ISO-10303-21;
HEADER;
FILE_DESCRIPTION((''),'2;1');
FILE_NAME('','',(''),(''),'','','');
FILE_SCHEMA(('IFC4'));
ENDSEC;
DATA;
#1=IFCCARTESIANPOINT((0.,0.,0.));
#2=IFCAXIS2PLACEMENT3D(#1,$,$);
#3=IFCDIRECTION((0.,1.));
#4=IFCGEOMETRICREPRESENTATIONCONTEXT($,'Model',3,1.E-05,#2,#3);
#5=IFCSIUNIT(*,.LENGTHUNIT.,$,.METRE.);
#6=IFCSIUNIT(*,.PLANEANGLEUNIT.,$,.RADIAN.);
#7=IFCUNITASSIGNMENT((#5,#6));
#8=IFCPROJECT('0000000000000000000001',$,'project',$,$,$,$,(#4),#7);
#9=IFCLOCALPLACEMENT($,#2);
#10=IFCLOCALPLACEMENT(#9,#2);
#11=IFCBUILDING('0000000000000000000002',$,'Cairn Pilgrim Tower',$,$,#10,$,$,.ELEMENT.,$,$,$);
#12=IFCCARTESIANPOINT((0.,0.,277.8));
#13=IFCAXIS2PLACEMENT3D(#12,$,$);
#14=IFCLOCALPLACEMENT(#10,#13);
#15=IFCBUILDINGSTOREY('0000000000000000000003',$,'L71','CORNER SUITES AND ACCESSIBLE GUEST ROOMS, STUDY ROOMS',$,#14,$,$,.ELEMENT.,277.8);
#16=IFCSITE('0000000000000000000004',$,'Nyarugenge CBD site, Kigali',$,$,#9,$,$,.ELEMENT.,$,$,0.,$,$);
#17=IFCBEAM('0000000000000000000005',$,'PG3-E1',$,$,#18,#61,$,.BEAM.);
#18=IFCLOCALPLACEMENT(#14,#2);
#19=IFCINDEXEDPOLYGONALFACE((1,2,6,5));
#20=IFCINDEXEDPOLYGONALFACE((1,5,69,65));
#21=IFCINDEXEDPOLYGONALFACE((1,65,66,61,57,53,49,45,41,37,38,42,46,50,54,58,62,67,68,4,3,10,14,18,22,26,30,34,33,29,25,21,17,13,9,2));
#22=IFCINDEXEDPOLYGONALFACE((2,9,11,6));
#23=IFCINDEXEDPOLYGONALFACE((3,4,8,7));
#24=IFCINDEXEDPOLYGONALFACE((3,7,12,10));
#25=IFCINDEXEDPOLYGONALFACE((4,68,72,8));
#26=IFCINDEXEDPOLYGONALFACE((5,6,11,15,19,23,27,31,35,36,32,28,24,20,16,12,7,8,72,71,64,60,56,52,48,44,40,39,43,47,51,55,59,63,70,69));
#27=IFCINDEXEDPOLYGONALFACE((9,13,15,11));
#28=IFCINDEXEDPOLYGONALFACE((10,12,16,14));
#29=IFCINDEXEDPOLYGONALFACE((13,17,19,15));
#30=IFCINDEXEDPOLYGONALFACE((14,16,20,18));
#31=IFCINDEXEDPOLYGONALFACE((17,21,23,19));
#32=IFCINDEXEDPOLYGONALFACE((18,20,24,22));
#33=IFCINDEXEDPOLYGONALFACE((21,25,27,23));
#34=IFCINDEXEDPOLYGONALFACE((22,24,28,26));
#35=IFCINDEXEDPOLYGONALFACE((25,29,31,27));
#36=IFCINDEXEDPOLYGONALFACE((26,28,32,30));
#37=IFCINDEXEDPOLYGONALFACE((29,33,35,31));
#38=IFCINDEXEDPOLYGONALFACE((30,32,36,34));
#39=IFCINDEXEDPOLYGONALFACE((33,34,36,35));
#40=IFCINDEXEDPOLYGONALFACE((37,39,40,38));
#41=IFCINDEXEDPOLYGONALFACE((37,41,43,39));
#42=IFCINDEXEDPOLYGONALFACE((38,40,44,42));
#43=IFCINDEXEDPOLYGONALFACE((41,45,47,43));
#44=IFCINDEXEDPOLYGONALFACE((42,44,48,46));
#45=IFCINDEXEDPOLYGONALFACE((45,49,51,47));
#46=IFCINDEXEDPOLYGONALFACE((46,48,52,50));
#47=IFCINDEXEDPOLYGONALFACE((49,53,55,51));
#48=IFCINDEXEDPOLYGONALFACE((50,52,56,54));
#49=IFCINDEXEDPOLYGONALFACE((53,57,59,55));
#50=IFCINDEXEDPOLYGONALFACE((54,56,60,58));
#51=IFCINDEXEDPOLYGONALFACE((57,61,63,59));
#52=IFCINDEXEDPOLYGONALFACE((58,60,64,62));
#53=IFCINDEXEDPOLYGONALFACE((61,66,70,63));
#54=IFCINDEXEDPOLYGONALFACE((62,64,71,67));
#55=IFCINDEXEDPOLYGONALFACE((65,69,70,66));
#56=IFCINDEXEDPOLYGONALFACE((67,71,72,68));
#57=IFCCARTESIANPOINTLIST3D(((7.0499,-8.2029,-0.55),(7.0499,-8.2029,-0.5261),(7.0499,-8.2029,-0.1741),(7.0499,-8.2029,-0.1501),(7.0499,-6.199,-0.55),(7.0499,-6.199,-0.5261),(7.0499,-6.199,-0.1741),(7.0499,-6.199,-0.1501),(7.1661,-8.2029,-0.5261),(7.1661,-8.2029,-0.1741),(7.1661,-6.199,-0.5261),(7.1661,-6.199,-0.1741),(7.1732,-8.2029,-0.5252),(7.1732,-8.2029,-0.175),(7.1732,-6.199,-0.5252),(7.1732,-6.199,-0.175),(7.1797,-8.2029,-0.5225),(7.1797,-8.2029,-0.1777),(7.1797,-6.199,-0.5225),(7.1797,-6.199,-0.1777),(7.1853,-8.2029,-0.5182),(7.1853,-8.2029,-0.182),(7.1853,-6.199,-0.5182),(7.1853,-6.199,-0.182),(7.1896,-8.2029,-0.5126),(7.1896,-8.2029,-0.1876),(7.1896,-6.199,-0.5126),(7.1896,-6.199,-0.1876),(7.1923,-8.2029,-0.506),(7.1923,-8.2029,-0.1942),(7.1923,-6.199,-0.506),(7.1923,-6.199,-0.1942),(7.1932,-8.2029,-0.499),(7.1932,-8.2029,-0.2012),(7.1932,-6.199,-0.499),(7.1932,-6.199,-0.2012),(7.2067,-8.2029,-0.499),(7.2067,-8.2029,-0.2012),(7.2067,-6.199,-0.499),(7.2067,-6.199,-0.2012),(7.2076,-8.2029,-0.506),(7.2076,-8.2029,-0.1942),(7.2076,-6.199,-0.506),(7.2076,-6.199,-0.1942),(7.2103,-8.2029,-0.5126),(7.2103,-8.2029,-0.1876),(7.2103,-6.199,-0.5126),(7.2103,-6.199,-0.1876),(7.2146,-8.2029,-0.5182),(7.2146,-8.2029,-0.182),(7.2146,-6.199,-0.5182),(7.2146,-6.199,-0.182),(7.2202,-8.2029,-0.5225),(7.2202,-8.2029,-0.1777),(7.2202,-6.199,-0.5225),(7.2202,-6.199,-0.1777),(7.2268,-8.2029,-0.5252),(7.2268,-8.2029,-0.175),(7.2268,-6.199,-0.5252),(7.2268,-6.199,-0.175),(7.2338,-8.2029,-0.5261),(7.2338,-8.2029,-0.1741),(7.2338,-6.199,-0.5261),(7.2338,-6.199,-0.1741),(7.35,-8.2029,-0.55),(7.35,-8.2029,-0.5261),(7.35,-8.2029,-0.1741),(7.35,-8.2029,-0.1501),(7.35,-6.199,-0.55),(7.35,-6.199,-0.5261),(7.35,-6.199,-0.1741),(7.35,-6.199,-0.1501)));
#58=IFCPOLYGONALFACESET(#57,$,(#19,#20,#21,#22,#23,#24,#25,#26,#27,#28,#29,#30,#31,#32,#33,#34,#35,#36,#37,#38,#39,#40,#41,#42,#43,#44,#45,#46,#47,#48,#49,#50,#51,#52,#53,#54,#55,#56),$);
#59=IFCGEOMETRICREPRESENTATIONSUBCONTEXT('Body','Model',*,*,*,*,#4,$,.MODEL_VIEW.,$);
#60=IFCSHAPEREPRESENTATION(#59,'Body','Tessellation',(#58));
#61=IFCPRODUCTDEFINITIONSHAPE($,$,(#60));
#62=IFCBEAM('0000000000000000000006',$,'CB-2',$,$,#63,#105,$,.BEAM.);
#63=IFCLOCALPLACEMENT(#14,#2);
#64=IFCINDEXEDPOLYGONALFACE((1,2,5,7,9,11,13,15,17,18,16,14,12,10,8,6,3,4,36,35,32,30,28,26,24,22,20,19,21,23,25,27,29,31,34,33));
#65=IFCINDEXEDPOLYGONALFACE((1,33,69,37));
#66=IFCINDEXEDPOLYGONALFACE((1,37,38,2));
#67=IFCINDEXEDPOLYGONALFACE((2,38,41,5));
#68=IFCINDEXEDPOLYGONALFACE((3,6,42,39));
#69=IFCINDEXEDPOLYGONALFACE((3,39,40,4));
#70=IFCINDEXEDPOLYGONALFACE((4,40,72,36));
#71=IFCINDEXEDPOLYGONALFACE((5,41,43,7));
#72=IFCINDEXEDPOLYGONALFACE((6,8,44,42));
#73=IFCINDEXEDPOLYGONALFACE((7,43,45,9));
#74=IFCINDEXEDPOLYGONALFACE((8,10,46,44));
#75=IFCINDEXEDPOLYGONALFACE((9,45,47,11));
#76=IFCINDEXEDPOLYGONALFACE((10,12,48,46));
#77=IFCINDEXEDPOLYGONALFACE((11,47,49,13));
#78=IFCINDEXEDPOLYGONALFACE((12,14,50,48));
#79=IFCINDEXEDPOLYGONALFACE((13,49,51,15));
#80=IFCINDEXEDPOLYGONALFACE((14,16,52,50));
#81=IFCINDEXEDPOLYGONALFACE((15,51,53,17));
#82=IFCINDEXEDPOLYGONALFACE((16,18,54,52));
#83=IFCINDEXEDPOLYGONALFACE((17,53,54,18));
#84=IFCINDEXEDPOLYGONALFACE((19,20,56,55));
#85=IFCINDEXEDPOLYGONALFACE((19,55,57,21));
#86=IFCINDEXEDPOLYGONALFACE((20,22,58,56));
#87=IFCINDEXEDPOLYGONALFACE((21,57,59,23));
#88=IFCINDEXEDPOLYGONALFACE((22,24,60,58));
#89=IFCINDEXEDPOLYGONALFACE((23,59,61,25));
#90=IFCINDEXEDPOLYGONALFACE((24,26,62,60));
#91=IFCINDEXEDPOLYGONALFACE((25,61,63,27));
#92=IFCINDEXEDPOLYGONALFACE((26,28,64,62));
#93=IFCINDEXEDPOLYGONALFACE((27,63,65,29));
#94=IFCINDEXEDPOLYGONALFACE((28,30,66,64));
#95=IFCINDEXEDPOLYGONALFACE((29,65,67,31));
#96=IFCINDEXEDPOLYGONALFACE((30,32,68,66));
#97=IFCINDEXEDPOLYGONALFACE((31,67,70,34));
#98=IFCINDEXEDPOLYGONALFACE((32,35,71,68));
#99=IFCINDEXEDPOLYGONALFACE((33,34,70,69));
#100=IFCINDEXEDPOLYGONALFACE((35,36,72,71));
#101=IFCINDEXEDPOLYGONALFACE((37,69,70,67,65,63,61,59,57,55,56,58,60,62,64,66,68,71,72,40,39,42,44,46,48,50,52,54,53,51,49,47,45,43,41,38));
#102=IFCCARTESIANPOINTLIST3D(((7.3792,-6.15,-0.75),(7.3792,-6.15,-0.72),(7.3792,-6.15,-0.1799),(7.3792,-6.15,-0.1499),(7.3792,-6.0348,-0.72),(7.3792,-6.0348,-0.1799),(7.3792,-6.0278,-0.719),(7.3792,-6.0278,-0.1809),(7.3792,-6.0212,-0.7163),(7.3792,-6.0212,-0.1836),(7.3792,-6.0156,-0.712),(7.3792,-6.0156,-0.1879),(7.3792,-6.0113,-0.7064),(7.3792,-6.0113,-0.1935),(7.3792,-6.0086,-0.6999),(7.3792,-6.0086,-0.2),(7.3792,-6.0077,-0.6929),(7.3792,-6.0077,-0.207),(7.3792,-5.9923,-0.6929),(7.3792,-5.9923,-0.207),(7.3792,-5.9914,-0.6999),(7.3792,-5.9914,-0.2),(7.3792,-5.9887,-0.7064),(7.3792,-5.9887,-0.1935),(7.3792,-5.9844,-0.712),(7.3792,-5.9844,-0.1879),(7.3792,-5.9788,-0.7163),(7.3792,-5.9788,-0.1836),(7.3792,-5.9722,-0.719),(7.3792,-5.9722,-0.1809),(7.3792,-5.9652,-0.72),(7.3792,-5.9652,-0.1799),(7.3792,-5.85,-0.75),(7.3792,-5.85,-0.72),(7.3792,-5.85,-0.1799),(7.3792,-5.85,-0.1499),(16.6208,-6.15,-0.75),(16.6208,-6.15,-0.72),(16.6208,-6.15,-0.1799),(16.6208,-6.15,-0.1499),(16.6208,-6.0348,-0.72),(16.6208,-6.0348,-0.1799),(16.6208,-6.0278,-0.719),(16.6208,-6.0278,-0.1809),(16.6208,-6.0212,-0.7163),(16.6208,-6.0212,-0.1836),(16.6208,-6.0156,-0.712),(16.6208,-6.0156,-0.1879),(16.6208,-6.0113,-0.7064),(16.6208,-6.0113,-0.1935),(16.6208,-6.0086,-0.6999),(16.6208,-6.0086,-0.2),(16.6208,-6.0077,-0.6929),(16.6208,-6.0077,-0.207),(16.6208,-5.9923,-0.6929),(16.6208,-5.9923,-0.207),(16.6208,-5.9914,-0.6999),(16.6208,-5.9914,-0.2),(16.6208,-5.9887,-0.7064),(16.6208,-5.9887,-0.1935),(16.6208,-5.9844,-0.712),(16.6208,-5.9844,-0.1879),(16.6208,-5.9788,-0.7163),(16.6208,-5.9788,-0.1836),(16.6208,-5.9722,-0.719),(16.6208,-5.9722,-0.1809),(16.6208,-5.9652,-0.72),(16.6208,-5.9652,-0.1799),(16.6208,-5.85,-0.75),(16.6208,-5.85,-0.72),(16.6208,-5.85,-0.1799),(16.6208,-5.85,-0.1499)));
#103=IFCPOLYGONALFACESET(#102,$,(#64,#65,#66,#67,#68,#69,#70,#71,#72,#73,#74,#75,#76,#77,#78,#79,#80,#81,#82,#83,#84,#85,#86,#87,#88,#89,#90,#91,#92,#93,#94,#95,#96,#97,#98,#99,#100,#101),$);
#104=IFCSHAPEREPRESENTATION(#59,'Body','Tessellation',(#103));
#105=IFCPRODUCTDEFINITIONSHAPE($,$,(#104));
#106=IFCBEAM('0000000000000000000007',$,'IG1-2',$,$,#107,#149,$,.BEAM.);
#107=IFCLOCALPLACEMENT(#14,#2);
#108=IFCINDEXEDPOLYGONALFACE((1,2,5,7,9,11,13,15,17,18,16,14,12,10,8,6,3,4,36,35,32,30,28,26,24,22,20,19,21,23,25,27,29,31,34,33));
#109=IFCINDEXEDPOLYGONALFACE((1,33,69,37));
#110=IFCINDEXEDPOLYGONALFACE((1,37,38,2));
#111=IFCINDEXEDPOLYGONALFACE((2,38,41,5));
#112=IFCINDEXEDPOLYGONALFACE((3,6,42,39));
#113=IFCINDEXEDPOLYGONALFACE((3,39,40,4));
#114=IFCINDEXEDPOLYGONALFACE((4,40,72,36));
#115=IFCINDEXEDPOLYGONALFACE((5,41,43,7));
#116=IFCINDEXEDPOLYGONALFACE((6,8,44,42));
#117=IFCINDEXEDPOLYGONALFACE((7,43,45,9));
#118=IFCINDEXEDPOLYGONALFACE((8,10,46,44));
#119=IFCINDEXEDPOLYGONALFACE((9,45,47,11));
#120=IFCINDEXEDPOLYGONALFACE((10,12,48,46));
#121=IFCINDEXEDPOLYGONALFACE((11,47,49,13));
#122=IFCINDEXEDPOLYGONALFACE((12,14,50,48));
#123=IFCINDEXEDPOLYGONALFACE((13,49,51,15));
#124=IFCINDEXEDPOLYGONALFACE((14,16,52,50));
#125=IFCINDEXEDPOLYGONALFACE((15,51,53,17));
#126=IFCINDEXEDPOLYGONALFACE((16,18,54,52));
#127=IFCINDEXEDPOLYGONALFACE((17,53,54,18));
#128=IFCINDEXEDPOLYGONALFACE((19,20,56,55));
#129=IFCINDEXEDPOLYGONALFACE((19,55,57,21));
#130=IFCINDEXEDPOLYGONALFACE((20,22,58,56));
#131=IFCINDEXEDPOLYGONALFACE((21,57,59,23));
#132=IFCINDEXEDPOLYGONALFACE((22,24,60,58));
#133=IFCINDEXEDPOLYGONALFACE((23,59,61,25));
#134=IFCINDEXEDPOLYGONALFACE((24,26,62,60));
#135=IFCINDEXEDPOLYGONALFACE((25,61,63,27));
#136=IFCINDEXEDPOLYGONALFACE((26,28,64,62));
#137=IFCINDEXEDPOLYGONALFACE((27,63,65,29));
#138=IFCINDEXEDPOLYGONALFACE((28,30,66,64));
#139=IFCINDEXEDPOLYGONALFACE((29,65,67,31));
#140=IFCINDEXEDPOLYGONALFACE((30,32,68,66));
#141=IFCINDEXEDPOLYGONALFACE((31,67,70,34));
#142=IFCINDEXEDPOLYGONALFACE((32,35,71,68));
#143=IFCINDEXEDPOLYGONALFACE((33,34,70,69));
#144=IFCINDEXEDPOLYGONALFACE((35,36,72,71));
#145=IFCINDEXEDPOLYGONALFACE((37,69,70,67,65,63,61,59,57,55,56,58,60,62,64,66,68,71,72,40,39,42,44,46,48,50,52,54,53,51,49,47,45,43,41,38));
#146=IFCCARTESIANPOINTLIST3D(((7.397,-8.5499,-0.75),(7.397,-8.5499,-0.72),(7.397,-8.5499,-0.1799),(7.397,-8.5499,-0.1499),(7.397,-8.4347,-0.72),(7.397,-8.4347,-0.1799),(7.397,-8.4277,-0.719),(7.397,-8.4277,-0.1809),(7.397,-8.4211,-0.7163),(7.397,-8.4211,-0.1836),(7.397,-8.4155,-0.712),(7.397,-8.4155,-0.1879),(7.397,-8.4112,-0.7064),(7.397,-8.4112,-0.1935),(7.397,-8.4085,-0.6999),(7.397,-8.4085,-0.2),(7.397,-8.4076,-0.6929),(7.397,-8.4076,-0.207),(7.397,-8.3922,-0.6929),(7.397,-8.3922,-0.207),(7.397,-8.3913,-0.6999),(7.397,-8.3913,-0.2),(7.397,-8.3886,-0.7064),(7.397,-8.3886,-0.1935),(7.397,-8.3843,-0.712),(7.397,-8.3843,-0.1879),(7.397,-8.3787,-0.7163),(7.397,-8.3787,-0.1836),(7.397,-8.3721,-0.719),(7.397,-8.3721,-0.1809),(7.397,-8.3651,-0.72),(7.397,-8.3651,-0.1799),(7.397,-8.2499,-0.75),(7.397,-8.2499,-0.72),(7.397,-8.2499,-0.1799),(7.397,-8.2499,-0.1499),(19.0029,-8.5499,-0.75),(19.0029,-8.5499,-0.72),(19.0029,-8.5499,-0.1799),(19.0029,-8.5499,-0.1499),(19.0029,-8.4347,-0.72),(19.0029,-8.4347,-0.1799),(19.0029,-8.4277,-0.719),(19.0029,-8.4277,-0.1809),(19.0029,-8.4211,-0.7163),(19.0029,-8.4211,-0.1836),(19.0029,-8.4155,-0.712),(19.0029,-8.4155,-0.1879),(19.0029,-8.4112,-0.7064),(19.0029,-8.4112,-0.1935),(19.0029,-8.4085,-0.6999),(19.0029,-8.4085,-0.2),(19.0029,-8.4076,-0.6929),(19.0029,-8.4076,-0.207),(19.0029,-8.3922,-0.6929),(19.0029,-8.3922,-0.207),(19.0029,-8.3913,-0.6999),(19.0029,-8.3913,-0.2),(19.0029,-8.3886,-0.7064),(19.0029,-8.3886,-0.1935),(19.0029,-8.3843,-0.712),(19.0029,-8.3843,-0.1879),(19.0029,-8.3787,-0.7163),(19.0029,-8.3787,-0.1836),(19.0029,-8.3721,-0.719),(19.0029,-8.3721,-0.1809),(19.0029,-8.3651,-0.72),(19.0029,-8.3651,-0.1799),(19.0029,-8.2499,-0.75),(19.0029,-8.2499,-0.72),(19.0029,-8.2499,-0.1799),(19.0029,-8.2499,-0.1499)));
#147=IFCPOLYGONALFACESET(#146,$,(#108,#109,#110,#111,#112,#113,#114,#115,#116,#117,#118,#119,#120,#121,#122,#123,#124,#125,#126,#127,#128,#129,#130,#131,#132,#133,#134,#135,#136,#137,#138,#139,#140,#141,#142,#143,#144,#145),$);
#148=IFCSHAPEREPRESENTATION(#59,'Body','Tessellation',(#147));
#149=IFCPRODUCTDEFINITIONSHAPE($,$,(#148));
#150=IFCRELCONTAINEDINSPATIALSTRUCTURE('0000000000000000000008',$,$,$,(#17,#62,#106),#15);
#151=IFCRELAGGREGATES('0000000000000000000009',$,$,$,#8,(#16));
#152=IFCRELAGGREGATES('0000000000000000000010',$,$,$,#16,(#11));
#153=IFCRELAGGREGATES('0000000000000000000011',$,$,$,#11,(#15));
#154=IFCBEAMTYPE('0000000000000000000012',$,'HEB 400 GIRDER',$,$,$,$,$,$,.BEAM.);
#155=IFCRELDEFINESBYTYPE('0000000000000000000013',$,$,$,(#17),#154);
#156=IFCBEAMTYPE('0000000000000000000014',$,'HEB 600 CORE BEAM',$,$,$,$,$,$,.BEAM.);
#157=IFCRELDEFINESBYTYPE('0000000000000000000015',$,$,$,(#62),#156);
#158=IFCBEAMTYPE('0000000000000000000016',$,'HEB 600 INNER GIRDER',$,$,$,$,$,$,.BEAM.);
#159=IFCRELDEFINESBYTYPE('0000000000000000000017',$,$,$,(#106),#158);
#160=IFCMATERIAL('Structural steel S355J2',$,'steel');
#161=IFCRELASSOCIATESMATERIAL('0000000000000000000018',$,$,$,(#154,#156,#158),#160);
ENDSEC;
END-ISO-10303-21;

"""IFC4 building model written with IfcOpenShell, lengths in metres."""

from ifc_helpers import new_model, si_unit, direction, frame, origin, origin_2d, place, context, subcontext, project, spatial, i_section, extrude, material, material_profile, profile_set, type_object, element, save


model = new_model("IFC4")

# Units and contexts
model_context = context("Model", 3, precision=1e-05, world=origin(), true_north=direction((0.0, 1.0)))
body_context = subcontext(model_context, "Body", "Model", "MODEL_VIEW")
ifc_project = project(units=[si_unit("LENGTHUNIT", "METRE"), si_unit("PLANEANGLEUNIT", "RADIAN")], contexts=[model_context])

# Site, building, storey
site_placement = place(None, origin())
site = spatial("IfcSite", under=ifc_project, at=site_placement, Name="Nyarugenge CBD site, Kigali", CompositionType="ELEMENT", RefElevation=0.0)
building_placement = place(site_placement, origin())
building = spatial("IfcBuilding", under=site, at=building_placement, Name="Cairn Pilgrim Tower", CompositionType="ELEMENT")
storey_placement = place(building_placement, frame((0.0, 0.0, 277.8)))
storey = spatial("IfcBuildingStorey", under=building, at=storey_placement, Name="L71", Description="CORNER SUITES AND ACCESSIBLE GUEST ROOMS, STUDY ROOMS", CompositionType="ELEMENT", Elevation=277.8)

# Shared definitions
ifc_material_1 = material(Name="Structural steel S355J2", Category="steel")

# Beams
ifc_material_profile_1 = material_profile(ifc_material_1, i_section(OverallWidth=0.3, OverallDepth=0.3999, WebThickness=0.0134, FlangeThickness=0.0239, FilletRadius=0.0271, at=origin_2d()), Name="HEB 400")
ifc_profile_set_1 = profile_set([ifc_material_profile_1], Name="Structural steel S355J2")
beam_type_1 = type_object("IfcBeamType", Name="HEB 400 GIRDER", PredefinedType="BEAM", material=ifc_profile_set_1)
beam_1_placement = place(storey_placement, frame((7.2, -8.2029, -0.3501), z_axis=(0.0, 1.0, 0.0), x_axis=(-1.0, 0.0, 0.0)))
element("IfcBeam", 1, at=beam_1_placement, inside=storey, type_object=beam_type_1, Name="PG3-E1", PredefinedType="BEAM", context=body_context, shape_type="SweptSolid", body=[
    extrude(i_section(OverallWidth=0.3, OverallDepth=0.3999, WebThickness=0.0134, FlangeThickness=0.0239, FilletRadius=0.0271, at=origin_2d()), origin(), (0.0, 0.0, 1.0), 2.0039),
])
ifc_material_profile_2 = material_profile(ifc_material_1, i_section(OverallWidth=0.3, OverallDepth=0.6001, WebThickness=0.0154, FlangeThickness=0.03, FilletRadius=0.0271, at=origin_2d()), Name="HEB 600")
ifc_profile_set_2 = profile_set([ifc_material_profile_2], Name="Structural steel S355J2")
beam_type_2 = type_object("IfcBeamType", Name="HEB 600 CORE BEAM", PredefinedType="BEAM", material=ifc_profile_set_2)
beam_2_placement = place(storey_placement, frame((7.3792, -6.0, -0.45), z_axis=(1.0, 0.0, 0.0), x_axis=(0.0, 1.0, 0.0)))
element("IfcBeam", 2, at=beam_2_placement, inside=storey, type_object=beam_type_2, Name="CB-2", PredefinedType="BEAM", context=body_context, shape_type="SweptSolid", body=[
    extrude(i_section(OverallWidth=0.3, OverallDepth=0.6001, WebThickness=0.0154, FlangeThickness=0.03, FilletRadius=0.0271, at=origin_2d()), origin(), (0.0, 0.0, 1.0), 9.2417),
])
ifc_material_profile_3 = material_profile(ifc_material_1, i_section(OverallWidth=0.3, OverallDepth=0.6001, WebThickness=0.0154, FlangeThickness=0.03, FilletRadius=0.0271, at=origin_2d()), Name="HEB 600")
ifc_profile_set_3 = profile_set([ifc_material_profile_3], Name="Structural steel S355J2")
beam_type_3 = type_object("IfcBeamType", Name="HEB 600 INNER GIRDER", PredefinedType="BEAM", material=ifc_profile_set_3)
beam_3_placement = place(storey_placement, frame((7.397, -8.3999, -0.45), z_axis=(1.0, 0.0, 0.0), x_axis=(0.0, 1.0, 0.0)))
element("IfcBeam", 3, at=beam_3_placement, inside=storey, type_object=beam_type_3, Name="IG1-2", PredefinedType="BEAM", context=body_context, shape_type="SweptSolid", body=[
    extrude(i_section(OverallWidth=0.3, OverallDepth=0.6001, WebThickness=0.0154, FlangeThickness=0.03, FilletRadius=0.0271, at=origin_2d()), origin(), (0.0, 0.0, 1.0), 11.606),
])

save(model, "model.ifc")
